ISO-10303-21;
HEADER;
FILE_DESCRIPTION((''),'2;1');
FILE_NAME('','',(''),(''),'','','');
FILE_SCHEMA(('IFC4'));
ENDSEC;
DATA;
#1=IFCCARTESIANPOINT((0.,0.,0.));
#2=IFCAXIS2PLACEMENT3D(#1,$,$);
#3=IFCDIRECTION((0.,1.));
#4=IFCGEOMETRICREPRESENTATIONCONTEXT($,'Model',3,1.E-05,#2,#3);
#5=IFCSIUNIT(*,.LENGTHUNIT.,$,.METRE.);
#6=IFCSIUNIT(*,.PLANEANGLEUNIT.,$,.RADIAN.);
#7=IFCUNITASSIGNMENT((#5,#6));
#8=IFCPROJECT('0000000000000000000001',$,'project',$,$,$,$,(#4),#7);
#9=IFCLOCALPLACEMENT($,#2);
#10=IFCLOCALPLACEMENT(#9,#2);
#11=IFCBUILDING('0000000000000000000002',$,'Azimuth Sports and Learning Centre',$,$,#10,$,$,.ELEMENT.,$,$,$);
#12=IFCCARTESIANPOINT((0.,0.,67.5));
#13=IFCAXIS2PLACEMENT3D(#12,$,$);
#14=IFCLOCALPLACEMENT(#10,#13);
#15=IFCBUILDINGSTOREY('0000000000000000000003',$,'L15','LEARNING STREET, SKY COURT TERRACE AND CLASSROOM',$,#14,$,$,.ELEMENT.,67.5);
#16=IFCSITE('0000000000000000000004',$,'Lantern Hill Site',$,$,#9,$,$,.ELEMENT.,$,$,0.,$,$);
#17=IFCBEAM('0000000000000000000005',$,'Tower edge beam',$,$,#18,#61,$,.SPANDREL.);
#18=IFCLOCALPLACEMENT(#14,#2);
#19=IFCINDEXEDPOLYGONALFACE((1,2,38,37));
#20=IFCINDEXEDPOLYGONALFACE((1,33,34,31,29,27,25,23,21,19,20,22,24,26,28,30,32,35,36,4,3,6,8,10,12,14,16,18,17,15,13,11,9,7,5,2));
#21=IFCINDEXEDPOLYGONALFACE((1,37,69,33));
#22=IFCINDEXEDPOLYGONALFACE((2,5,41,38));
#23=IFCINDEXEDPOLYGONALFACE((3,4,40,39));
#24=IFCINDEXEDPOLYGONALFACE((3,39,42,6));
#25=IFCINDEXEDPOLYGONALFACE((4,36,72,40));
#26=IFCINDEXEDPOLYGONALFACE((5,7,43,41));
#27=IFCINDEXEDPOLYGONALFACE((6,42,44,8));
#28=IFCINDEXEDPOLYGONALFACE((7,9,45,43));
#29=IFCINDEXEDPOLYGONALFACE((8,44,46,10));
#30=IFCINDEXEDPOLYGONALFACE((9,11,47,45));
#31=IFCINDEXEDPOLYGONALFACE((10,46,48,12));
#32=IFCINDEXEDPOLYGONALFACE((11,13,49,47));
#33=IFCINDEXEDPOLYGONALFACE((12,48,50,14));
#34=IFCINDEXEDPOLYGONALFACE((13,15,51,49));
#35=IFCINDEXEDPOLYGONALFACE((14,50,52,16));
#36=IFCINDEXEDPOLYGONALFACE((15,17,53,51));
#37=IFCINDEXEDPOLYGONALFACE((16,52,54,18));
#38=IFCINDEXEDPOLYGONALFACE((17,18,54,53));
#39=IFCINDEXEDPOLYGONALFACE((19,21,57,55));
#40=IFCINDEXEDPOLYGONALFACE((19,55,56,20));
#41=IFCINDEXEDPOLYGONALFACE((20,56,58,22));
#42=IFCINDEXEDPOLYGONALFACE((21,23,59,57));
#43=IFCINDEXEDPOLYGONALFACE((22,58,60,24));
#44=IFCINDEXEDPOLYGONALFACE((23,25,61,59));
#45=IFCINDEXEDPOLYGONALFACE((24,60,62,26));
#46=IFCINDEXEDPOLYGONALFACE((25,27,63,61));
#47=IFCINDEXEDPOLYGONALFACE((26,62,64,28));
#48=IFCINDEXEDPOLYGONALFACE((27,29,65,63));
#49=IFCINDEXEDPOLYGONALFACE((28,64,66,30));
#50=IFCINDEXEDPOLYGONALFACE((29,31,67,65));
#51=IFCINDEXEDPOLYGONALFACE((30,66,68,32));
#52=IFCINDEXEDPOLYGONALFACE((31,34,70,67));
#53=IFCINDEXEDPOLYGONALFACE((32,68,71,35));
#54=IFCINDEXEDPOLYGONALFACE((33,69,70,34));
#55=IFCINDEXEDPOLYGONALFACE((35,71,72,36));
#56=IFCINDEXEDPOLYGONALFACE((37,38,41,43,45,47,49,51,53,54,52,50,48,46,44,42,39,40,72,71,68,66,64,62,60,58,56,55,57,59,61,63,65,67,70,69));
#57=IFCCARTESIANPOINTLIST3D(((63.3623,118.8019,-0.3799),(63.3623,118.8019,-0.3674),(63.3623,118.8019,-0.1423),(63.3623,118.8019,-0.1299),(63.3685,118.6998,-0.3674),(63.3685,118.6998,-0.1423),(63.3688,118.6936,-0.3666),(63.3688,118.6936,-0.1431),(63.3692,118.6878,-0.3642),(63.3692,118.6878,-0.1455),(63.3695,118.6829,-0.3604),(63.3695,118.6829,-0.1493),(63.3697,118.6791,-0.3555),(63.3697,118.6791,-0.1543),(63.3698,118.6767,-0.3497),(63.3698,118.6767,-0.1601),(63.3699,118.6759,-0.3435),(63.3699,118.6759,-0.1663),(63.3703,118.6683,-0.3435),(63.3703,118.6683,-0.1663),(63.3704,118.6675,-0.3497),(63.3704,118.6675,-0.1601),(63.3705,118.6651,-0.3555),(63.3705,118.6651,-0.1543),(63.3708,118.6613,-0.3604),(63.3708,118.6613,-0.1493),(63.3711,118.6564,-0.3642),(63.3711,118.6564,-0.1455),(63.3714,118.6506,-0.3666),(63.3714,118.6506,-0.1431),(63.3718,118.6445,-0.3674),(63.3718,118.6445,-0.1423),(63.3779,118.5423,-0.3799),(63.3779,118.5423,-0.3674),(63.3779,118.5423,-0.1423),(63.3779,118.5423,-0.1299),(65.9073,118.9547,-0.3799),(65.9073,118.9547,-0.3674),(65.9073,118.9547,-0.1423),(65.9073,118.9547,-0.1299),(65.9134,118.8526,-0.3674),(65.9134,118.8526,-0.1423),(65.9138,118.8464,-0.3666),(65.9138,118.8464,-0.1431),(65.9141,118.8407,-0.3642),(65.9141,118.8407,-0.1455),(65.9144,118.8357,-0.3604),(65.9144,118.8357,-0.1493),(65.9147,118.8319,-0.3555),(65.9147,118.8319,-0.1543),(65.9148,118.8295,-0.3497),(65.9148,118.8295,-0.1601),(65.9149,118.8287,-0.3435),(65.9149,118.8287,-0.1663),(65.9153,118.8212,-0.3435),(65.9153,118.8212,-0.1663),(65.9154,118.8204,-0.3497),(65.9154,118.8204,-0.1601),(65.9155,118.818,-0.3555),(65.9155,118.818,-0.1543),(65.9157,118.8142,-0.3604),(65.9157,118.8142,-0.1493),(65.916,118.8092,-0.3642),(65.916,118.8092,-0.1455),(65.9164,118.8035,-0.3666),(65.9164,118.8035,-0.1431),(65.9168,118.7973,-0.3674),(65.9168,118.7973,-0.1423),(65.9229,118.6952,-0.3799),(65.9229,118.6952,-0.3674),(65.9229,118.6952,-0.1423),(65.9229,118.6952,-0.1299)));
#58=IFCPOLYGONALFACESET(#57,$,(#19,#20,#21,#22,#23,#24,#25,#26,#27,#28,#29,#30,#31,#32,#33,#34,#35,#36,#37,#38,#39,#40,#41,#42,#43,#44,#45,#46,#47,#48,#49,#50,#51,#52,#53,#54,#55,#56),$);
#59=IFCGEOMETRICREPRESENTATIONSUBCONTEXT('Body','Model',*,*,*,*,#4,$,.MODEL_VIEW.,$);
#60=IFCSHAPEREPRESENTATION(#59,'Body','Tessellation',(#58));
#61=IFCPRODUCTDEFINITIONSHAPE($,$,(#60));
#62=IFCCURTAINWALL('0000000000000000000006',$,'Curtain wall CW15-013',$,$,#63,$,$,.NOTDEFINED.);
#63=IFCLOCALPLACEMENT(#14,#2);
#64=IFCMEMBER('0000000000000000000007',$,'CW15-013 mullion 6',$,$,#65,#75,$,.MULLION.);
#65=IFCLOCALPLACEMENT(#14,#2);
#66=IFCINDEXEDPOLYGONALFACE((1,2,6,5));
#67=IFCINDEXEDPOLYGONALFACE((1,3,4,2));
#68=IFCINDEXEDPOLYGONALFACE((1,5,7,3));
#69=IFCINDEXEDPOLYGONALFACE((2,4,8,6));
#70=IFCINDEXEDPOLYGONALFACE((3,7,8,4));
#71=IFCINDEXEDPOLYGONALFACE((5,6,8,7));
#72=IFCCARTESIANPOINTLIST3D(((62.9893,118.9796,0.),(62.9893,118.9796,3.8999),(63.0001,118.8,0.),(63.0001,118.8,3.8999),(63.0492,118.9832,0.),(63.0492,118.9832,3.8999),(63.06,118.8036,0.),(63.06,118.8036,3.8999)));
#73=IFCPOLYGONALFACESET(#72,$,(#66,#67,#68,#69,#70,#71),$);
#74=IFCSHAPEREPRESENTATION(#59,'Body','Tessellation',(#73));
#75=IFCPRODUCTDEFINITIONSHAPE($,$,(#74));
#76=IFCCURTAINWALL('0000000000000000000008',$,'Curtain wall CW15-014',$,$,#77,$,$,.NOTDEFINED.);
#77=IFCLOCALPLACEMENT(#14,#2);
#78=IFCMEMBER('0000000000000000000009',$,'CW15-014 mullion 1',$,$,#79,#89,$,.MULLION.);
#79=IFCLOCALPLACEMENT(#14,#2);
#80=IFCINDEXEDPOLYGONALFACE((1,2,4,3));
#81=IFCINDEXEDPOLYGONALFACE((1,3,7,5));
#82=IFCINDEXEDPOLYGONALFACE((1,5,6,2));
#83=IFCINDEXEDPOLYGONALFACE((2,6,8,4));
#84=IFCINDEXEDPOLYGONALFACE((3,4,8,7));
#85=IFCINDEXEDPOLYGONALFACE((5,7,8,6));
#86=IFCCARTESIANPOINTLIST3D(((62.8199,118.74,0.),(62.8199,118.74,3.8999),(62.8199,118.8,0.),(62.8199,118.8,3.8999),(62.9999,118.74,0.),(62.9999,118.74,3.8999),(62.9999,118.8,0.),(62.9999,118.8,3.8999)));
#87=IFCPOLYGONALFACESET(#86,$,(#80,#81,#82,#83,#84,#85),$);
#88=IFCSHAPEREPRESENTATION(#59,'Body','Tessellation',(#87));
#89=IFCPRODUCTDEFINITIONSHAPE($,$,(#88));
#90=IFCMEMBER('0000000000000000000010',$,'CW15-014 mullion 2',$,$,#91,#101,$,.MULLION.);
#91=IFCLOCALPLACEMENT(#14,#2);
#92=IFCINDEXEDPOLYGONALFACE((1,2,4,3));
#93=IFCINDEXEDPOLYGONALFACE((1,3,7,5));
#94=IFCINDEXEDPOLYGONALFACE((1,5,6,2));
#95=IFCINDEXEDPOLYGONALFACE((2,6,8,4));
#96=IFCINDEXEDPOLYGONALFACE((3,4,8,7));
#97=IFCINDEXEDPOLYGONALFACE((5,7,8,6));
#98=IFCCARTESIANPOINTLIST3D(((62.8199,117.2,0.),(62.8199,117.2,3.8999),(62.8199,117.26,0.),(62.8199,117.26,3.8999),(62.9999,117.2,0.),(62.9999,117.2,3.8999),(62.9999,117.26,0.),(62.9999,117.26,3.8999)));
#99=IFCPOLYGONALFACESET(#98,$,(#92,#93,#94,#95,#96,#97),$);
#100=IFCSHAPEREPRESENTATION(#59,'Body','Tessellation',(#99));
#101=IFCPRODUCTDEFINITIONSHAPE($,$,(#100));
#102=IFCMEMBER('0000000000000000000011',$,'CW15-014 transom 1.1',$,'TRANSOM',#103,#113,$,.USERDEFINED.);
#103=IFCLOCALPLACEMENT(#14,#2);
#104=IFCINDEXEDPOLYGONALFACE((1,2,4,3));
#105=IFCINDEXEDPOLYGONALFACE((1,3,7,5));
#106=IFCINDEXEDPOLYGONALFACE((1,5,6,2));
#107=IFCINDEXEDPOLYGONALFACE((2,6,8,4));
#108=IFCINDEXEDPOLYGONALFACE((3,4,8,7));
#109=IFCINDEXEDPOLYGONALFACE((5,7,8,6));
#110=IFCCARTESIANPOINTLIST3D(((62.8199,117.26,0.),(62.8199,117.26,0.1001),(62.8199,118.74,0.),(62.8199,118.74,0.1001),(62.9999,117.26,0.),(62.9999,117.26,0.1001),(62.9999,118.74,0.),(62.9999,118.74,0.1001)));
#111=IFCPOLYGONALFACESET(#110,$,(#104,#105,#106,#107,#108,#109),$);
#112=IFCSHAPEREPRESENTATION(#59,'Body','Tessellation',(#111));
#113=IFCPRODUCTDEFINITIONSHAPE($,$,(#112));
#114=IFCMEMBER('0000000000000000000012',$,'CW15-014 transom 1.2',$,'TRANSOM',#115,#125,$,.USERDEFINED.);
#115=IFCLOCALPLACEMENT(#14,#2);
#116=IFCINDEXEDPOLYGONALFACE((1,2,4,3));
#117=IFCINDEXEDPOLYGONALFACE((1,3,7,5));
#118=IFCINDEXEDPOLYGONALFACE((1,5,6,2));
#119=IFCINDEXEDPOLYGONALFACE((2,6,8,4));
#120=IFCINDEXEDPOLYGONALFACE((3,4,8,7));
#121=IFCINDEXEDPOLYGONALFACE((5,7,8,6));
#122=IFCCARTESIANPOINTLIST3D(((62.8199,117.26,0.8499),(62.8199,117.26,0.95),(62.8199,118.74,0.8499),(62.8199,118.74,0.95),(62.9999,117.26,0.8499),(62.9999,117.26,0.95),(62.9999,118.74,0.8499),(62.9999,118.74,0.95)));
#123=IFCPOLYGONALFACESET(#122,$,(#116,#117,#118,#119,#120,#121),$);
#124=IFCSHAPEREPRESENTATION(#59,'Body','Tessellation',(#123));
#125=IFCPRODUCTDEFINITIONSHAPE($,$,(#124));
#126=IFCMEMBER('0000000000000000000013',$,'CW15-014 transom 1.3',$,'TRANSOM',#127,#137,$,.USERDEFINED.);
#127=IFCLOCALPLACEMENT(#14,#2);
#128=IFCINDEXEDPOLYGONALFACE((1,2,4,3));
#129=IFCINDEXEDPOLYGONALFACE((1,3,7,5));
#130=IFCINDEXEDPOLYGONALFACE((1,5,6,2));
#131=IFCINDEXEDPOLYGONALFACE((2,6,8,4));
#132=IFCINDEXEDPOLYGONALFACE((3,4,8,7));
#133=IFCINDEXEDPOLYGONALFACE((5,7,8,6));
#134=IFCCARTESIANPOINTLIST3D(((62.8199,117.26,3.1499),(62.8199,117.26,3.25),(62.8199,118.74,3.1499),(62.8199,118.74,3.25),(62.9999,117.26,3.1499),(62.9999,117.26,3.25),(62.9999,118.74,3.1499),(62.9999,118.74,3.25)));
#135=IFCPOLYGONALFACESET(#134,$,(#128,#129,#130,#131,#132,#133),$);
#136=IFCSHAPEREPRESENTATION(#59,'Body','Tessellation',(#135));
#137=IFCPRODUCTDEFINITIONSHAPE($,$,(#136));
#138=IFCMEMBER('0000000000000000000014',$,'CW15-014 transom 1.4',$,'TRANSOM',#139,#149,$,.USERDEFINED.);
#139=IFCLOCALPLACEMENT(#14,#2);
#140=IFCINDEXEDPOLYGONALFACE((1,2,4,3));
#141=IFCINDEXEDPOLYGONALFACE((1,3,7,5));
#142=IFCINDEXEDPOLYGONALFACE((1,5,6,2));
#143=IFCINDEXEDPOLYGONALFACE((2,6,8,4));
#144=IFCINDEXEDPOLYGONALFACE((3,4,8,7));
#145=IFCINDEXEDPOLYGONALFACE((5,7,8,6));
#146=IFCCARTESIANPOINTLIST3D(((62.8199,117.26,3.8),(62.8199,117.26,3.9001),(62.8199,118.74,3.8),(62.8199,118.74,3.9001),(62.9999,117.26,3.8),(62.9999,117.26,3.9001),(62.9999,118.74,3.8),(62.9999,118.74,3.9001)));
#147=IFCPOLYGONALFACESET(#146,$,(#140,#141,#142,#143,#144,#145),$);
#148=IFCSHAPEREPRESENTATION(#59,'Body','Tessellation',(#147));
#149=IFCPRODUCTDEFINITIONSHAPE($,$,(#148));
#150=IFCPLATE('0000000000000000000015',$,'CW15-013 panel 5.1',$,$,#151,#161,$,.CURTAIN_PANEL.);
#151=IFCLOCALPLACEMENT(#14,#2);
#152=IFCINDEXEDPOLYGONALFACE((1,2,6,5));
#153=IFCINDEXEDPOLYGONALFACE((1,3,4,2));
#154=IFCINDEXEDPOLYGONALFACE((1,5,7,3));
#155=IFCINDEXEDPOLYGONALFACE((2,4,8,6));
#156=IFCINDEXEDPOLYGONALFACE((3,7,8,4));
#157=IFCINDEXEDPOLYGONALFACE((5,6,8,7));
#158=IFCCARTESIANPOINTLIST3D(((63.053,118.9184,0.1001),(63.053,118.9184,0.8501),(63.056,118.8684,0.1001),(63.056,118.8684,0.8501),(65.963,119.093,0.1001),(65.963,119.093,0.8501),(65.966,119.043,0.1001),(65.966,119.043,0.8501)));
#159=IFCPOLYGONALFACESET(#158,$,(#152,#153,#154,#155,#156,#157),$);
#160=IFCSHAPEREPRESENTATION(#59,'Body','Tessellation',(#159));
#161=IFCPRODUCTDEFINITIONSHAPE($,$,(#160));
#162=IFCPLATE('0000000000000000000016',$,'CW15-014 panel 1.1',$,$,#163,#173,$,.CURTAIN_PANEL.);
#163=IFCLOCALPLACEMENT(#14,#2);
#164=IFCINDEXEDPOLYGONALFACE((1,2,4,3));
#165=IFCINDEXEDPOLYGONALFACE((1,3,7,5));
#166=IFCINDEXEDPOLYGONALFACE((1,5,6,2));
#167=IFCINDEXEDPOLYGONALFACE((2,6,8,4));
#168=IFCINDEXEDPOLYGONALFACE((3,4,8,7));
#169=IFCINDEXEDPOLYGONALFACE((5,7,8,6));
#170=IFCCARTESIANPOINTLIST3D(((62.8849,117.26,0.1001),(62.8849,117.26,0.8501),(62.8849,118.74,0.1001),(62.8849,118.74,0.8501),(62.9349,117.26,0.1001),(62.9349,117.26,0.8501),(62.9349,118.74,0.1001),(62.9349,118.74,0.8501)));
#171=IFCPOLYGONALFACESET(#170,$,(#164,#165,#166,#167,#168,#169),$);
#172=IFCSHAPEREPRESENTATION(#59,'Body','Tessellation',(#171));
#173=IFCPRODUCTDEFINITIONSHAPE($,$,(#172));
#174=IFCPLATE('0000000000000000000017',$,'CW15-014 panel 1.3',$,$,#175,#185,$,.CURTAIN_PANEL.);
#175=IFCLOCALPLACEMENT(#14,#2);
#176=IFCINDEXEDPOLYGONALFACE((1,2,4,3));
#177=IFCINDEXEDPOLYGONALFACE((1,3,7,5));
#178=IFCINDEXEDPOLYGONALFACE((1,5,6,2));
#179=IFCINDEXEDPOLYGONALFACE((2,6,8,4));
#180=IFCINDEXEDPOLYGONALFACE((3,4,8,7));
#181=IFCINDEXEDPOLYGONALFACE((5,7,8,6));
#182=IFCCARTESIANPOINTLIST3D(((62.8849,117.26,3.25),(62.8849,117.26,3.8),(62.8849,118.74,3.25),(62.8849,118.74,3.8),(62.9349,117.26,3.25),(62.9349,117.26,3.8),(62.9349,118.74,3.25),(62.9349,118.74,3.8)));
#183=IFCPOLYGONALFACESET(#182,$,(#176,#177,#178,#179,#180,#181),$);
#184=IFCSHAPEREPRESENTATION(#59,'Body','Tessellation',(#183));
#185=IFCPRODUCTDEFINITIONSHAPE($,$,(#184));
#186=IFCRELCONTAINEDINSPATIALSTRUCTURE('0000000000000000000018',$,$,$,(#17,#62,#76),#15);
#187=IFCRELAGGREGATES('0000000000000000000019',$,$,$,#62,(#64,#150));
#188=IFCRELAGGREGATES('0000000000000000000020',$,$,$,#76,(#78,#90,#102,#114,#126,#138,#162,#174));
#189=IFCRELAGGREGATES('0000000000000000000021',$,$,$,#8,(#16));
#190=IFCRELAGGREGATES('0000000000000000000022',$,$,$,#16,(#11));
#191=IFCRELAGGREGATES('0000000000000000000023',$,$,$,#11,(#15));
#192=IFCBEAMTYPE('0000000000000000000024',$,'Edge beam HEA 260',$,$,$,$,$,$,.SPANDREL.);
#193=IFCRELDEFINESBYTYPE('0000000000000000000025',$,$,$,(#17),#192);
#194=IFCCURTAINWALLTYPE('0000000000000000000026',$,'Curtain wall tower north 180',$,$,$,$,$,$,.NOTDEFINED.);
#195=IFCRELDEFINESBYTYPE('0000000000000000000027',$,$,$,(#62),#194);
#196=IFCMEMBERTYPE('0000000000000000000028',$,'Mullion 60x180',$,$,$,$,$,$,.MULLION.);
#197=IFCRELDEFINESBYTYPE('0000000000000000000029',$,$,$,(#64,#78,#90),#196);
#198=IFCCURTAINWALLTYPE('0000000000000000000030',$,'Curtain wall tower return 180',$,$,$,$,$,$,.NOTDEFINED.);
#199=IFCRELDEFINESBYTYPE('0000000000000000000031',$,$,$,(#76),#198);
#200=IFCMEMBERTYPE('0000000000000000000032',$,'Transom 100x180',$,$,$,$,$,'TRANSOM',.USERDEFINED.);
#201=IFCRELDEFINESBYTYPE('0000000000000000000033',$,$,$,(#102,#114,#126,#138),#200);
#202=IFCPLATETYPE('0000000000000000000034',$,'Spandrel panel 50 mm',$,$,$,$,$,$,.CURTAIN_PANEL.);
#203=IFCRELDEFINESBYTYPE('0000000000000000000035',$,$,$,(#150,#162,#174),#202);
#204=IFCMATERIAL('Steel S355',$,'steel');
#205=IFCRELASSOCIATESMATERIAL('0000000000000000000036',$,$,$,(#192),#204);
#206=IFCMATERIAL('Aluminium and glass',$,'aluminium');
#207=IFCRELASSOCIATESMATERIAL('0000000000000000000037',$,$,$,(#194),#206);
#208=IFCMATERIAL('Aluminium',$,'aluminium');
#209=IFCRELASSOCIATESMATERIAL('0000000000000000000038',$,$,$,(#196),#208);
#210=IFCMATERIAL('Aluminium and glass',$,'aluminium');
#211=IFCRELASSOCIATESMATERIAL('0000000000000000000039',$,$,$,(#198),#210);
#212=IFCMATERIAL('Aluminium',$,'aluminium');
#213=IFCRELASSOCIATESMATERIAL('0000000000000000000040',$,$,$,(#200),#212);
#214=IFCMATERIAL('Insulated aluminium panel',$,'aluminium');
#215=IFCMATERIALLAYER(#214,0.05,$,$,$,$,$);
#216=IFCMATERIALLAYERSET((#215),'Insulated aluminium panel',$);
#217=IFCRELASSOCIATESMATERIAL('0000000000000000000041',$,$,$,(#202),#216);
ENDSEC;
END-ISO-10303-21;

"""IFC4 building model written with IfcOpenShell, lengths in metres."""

from ifc_helpers import new_model, si_unit, direction, frame, origin, origin_2d, place, context, subcontext, project, spatial, rectangle, i_section, extrude, material, layer, layer_set, material_profile, profile_set, type_object, element, aggregate, save


model = new_model("IFC4")

# Units and contexts
model_context = context("Model", 3, precision=1e-05, world=origin(), true_north=direction((0.0, 1.0)))
body_context = subcontext(model_context, "Body", "Model", "MODEL_VIEW")
ifc_project = project(units=[si_unit("LENGTHUNIT", "METRE"), si_unit("PLANEANGLEUNIT", "RADIAN")], contexts=[model_context])

# Site, building, storey
site_placement = place(None, origin())
site = spatial("IfcSite", under=ifc_project, at=site_placement, Name="Lantern Hill Site", CompositionType="ELEMENT", RefElevation=0.0)
building_placement = place(site_placement, origin())
building = spatial("IfcBuilding", under=site, at=building_placement, Name="Azimuth Sports and Learning Centre", CompositionType="ELEMENT")
storey_placement = place(building_placement, frame((0.0, 0.0, 67.5)))
storey = spatial("IfcBuildingStorey", under=building, at=storey_placement, Name="L15", Description="LEARNING STREET, SKY COURT TERRACE AND CLASSROOM", CompositionType="ELEMENT", Elevation=67.5)

# Beam
ifc_material_1 = material(Name="Steel S355", Category="steel")
ifc_material_profile_1 = material_profile(ifc_material_1, i_section(OverallWidth=0.26, OverallDepth=0.25, WebThickness=0.0076, FlangeThickness=0.0125, FilletRadius=0.0239, at=origin_2d()), Name="HEA 260")
ifc_profile_set_1 = profile_set([ifc_material_profile_1], Name="Steel S355")
beam_type = type_object("IfcBeamType", Name="Edge beam HEA 260", PredefinedType="SPANDREL", material=ifc_profile_set_1)
beam_placement = place(storey_placement, frame((63.3701, 118.6721, -0.2549), z_axis=(0.998202, 0.059946, 0.0), x_axis=(-0.059946, 0.998202, 0.0)))
element("IfcBeam", 1, at=beam_placement, inside=storey, type_object=beam_type, Name="Tower edge beam", PredefinedType="SPANDREL", context=body_context, shape_type="SweptSolid", body=[
    extrude(i_section(OverallWidth=0.26, OverallDepth=0.25, WebThickness=0.0076, FlangeThickness=0.0125, FilletRadius=0.0239, at=origin_2d()), origin(), (0.0, 0.0, 1.0), 2.5496),
])

# Curtain wall, member
ifc_material_2 = material(Name="Aluminium and glass", Category="aluminium")
curtain_wall_type_1 = type_object("IfcCurtainWallType", Name="Curtain wall tower north 180", PredefinedType="NOTDEFINED", material=ifc_material_2)
curtain_wall_1_placement = place(storey_placement, origin())
curtain_wall_1 = element("IfcCurtainWall", 2, at=curtain_wall_1_placement, inside=storey, type_object=curtain_wall_type_1, Name="Curtain wall CW15-013", PredefinedType="NOTDEFINED")
ifc_material_3 = material(Name="Aluminium", Category="aluminium")
ifc_material_profile_2 = material_profile(ifc_material_3, rectangle(XDim=0.1799, YDim=0.0601, at=origin_2d()), Name="Mullion 60x180")
ifc_profile_set_2 = profile_set([ifc_material_profile_2], Name="Aluminium")
member_type_1 = type_object("IfcMemberType", Name="Mullion 60x180", PredefinedType="MULLION", material=ifc_profile_set_2)
member_1_placement = place(storey_placement, frame((63.0247, 118.8916, 0.0), z_axis=(0.0, 0.0, 1.0), x_axis=(0.059892, -0.998205, 0.0)))
member_1 = element("IfcMember", 3, at=member_1_placement, type_object=member_type_1, Name="CW15-013 mullion 6", PredefinedType="MULLION", context=body_context, shape_type="SweptSolid", body=[
    extrude(rectangle(XDim=0.1799, YDim=0.0601, at=origin_2d()), origin(), (0.0, 0.0, 1.0), 3.8999),
])

# Curtain wall, members
ifc_material_4 = material(Name="Aluminium and glass", Category="aluminium")
curtain_wall_type_2 = type_object("IfcCurtainWallType", Name="Curtain wall tower return 180", PredefinedType="NOTDEFINED", material=ifc_material_4)
curtain_wall_2_placement = place(storey_placement, origin())
curtain_wall_2 = element("IfcCurtainWall", 4, at=curtain_wall_2_placement, inside=storey, type_object=curtain_wall_type_2, Name="Curtain wall CW15-014", PredefinedType="NOTDEFINED")
member_2_placement = place(storey_placement, frame((62.9099, 118.77, 0.0), z_axis=(0.0, 0.0, 1.0), x_axis=(1.0, 0.0, 0.0)))
member_2 = element("IfcMember", 5, at=member_2_placement, type_object=member_type_1, Name="CW15-014 mullion 1", PredefinedType="MULLION", context=body_context, shape_type="SweptSolid", body=[
    extrude(rectangle(XDim=0.1799, YDim=0.0601, at=origin_2d()), origin(), (0.0, 0.0, 1.0), 3.8999),
])
member_3_placement = place(storey_placement, frame((62.9099, 117.23, 0.0), z_axis=(0.0, 0.0, 1.0), x_axis=(1.0, 0.0, 0.0)))
member_3 = element("IfcMember", 6, at=member_3_placement, type_object=member_type_1, Name="CW15-014 mullion 2", PredefinedType="MULLION", context=body_context, shape_type="SweptSolid", body=[
    extrude(rectangle(XDim=0.1799, YDim=0.0601, at=origin_2d()), origin(), (0.0, 0.0, 1.0), 3.8999),
])
ifc_material_5 = material(Name="Aluminium", Category="aluminium")
ifc_material_profile_3 = material_profile(ifc_material_5, rectangle(XDim=0.1799, YDim=0.1001, at=origin_2d()), Name="Transom 100x180")
ifc_profile_set_3 = profile_set([ifc_material_profile_3], Name="Aluminium")
member_type_2 = type_object("IfcMemberType", Name="Transom 100x180", ElementType="TRANSOM", PredefinedType="USERDEFINED", material=ifc_profile_set_3)
member_4_placement = place(storey_placement, frame((62.9099, 118.74, 0.05), z_axis=(0.0, -1.0, 0.0), x_axis=(1.0, 0.0, 0.0)))
member_4 = element("IfcMember", 7, at=member_4_placement, type_object=member_type_2, Name="CW15-014 transom 1.1", ObjectType="TRANSOM", PredefinedType="USERDEFINED", context=body_context, shape_type="SweptSolid", body=[
    extrude(rectangle(XDim=0.1799, YDim=0.1001, at=origin_2d()), origin(), (0.0, 0.0, 1.0), 1.48),
])
member_5_placement = place(storey_placement, frame((62.9099, 118.74, 0.8999), z_axis=(0.0, -1.0, 0.0), x_axis=(1.0, 0.0, 0.0)))
member_5 = element("IfcMember", 8, at=member_5_placement, type_object=member_type_2, Name="CW15-014 transom 1.2", ObjectType="TRANSOM", PredefinedType="USERDEFINED", context=body_context, shape_type="SweptSolid", body=[
    extrude(rectangle(XDim=0.1799, YDim=0.1001, at=origin_2d()), origin(), (0.0, 0.0, 1.0), 1.48),
])
member_6_placement = place(storey_placement, frame((62.9099, 118.74, 3.2), z_axis=(0.0, -1.0, 0.0), x_axis=(1.0, 0.0, 0.0)))
member_6 = element("IfcMember", 9, at=member_6_placement, type_object=member_type_2, Name="CW15-014 transom 1.3", ObjectType="TRANSOM", PredefinedType="USERDEFINED", context=body_context, shape_type="SweptSolid", body=[
    extrude(rectangle(XDim=0.1799, YDim=0.1001, at=origin_2d()), origin(), (0.0, 0.0, 1.0), 1.48),
])
member_7_placement = place(storey_placement, frame((62.9099, 118.74, 3.8501), z_axis=(0.0, -1.0, 0.0), x_axis=(1.0, 0.0, 0.0)))
member_7 = element("IfcMember", 10, at=member_7_placement, type_object=member_type_2, Name="CW15-014 transom 1.4", ObjectType="TRANSOM", PredefinedType="USERDEFINED", context=body_context, shape_type="SweptSolid", body=[
    extrude(rectangle(XDim=0.1799, YDim=0.1001, at=origin_2d()), origin(), (0.0, 0.0, 1.0), 1.48),
])

# Plates
ifc_material_6 = material(Name="Insulated aluminium panel", Category="aluminium")
ifc_layer_1 = layer(ifc_material_6, 0.05)
ifc_layer_set_1 = layer_set([ifc_layer_1], Name="Insulated aluminium panel")
plate_type_1 = type_object("IfcPlateType", Name="Spandrel panel 50 mm", PredefinedType="CURTAIN_PANEL", material=ifc_layer_set_1)
plate_1_placement = place(storey_placement, frame((64.5095, 118.9807, 0.1001), z_axis=(0.0, 0.0, 1.0), x_axis=(-0.998205, -0.059892, 0.0)))
plate_1 = element("IfcPlate", 11, at=plate_1_placement, type_object=plate_type_1, Name="CW15-013 panel 5.1", PredefinedType="CURTAIN_PANEL", context=body_context, shape_type="SweptSolid", body=[
    extrude(rectangle(XDim=2.9153, YDim=0.05, at=origin_2d()), origin(), (0.0, 0.0, 1.0), 0.75),
])
aggregate(curtain_wall_1, [member_1, plate_1])
plate_2_placement = place(storey_placement, frame((62.9099, 118.0, 0.1001), z_axis=(0.0, 0.0, 1.0), x_axis=(0.0, -1.0, 0.0)))
plate_2 = element("IfcPlate", 12, at=plate_2_placement, type_object=plate_type_1, Name="CW15-014 panel 1.1", PredefinedType="CURTAIN_PANEL", context=body_context, shape_type="SweptSolid", body=[
    extrude(rectangle(XDim=1.48, YDim=0.05, at=origin_2d()), origin(), (0.0, 0.0, 1.0), 0.75),
])
plate_3_placement = place(storey_placement, frame((62.9099, 118.0, 3.25), z_axis=(0.0, 0.0, 1.0), x_axis=(0.0, -1.0, 0.0)))
plate_3 = element("IfcPlate", 13, at=plate_3_placement, type_object=plate_type_1, Name="CW15-014 panel 1.3", PredefinedType="CURTAIN_PANEL", context=body_context, shape_type="SweptSolid", body=[
    extrude(rectangle(XDim=1.48, YDim=0.05, at=origin_2d()), origin(), (0.0, 0.0, 1.0), 0.55),
])
aggregate(curtain_wall_2, [member_2, member_3, member_4, member_5, member_6, member_7, plate_2, plate_3])

save(model, "model.ifc")
